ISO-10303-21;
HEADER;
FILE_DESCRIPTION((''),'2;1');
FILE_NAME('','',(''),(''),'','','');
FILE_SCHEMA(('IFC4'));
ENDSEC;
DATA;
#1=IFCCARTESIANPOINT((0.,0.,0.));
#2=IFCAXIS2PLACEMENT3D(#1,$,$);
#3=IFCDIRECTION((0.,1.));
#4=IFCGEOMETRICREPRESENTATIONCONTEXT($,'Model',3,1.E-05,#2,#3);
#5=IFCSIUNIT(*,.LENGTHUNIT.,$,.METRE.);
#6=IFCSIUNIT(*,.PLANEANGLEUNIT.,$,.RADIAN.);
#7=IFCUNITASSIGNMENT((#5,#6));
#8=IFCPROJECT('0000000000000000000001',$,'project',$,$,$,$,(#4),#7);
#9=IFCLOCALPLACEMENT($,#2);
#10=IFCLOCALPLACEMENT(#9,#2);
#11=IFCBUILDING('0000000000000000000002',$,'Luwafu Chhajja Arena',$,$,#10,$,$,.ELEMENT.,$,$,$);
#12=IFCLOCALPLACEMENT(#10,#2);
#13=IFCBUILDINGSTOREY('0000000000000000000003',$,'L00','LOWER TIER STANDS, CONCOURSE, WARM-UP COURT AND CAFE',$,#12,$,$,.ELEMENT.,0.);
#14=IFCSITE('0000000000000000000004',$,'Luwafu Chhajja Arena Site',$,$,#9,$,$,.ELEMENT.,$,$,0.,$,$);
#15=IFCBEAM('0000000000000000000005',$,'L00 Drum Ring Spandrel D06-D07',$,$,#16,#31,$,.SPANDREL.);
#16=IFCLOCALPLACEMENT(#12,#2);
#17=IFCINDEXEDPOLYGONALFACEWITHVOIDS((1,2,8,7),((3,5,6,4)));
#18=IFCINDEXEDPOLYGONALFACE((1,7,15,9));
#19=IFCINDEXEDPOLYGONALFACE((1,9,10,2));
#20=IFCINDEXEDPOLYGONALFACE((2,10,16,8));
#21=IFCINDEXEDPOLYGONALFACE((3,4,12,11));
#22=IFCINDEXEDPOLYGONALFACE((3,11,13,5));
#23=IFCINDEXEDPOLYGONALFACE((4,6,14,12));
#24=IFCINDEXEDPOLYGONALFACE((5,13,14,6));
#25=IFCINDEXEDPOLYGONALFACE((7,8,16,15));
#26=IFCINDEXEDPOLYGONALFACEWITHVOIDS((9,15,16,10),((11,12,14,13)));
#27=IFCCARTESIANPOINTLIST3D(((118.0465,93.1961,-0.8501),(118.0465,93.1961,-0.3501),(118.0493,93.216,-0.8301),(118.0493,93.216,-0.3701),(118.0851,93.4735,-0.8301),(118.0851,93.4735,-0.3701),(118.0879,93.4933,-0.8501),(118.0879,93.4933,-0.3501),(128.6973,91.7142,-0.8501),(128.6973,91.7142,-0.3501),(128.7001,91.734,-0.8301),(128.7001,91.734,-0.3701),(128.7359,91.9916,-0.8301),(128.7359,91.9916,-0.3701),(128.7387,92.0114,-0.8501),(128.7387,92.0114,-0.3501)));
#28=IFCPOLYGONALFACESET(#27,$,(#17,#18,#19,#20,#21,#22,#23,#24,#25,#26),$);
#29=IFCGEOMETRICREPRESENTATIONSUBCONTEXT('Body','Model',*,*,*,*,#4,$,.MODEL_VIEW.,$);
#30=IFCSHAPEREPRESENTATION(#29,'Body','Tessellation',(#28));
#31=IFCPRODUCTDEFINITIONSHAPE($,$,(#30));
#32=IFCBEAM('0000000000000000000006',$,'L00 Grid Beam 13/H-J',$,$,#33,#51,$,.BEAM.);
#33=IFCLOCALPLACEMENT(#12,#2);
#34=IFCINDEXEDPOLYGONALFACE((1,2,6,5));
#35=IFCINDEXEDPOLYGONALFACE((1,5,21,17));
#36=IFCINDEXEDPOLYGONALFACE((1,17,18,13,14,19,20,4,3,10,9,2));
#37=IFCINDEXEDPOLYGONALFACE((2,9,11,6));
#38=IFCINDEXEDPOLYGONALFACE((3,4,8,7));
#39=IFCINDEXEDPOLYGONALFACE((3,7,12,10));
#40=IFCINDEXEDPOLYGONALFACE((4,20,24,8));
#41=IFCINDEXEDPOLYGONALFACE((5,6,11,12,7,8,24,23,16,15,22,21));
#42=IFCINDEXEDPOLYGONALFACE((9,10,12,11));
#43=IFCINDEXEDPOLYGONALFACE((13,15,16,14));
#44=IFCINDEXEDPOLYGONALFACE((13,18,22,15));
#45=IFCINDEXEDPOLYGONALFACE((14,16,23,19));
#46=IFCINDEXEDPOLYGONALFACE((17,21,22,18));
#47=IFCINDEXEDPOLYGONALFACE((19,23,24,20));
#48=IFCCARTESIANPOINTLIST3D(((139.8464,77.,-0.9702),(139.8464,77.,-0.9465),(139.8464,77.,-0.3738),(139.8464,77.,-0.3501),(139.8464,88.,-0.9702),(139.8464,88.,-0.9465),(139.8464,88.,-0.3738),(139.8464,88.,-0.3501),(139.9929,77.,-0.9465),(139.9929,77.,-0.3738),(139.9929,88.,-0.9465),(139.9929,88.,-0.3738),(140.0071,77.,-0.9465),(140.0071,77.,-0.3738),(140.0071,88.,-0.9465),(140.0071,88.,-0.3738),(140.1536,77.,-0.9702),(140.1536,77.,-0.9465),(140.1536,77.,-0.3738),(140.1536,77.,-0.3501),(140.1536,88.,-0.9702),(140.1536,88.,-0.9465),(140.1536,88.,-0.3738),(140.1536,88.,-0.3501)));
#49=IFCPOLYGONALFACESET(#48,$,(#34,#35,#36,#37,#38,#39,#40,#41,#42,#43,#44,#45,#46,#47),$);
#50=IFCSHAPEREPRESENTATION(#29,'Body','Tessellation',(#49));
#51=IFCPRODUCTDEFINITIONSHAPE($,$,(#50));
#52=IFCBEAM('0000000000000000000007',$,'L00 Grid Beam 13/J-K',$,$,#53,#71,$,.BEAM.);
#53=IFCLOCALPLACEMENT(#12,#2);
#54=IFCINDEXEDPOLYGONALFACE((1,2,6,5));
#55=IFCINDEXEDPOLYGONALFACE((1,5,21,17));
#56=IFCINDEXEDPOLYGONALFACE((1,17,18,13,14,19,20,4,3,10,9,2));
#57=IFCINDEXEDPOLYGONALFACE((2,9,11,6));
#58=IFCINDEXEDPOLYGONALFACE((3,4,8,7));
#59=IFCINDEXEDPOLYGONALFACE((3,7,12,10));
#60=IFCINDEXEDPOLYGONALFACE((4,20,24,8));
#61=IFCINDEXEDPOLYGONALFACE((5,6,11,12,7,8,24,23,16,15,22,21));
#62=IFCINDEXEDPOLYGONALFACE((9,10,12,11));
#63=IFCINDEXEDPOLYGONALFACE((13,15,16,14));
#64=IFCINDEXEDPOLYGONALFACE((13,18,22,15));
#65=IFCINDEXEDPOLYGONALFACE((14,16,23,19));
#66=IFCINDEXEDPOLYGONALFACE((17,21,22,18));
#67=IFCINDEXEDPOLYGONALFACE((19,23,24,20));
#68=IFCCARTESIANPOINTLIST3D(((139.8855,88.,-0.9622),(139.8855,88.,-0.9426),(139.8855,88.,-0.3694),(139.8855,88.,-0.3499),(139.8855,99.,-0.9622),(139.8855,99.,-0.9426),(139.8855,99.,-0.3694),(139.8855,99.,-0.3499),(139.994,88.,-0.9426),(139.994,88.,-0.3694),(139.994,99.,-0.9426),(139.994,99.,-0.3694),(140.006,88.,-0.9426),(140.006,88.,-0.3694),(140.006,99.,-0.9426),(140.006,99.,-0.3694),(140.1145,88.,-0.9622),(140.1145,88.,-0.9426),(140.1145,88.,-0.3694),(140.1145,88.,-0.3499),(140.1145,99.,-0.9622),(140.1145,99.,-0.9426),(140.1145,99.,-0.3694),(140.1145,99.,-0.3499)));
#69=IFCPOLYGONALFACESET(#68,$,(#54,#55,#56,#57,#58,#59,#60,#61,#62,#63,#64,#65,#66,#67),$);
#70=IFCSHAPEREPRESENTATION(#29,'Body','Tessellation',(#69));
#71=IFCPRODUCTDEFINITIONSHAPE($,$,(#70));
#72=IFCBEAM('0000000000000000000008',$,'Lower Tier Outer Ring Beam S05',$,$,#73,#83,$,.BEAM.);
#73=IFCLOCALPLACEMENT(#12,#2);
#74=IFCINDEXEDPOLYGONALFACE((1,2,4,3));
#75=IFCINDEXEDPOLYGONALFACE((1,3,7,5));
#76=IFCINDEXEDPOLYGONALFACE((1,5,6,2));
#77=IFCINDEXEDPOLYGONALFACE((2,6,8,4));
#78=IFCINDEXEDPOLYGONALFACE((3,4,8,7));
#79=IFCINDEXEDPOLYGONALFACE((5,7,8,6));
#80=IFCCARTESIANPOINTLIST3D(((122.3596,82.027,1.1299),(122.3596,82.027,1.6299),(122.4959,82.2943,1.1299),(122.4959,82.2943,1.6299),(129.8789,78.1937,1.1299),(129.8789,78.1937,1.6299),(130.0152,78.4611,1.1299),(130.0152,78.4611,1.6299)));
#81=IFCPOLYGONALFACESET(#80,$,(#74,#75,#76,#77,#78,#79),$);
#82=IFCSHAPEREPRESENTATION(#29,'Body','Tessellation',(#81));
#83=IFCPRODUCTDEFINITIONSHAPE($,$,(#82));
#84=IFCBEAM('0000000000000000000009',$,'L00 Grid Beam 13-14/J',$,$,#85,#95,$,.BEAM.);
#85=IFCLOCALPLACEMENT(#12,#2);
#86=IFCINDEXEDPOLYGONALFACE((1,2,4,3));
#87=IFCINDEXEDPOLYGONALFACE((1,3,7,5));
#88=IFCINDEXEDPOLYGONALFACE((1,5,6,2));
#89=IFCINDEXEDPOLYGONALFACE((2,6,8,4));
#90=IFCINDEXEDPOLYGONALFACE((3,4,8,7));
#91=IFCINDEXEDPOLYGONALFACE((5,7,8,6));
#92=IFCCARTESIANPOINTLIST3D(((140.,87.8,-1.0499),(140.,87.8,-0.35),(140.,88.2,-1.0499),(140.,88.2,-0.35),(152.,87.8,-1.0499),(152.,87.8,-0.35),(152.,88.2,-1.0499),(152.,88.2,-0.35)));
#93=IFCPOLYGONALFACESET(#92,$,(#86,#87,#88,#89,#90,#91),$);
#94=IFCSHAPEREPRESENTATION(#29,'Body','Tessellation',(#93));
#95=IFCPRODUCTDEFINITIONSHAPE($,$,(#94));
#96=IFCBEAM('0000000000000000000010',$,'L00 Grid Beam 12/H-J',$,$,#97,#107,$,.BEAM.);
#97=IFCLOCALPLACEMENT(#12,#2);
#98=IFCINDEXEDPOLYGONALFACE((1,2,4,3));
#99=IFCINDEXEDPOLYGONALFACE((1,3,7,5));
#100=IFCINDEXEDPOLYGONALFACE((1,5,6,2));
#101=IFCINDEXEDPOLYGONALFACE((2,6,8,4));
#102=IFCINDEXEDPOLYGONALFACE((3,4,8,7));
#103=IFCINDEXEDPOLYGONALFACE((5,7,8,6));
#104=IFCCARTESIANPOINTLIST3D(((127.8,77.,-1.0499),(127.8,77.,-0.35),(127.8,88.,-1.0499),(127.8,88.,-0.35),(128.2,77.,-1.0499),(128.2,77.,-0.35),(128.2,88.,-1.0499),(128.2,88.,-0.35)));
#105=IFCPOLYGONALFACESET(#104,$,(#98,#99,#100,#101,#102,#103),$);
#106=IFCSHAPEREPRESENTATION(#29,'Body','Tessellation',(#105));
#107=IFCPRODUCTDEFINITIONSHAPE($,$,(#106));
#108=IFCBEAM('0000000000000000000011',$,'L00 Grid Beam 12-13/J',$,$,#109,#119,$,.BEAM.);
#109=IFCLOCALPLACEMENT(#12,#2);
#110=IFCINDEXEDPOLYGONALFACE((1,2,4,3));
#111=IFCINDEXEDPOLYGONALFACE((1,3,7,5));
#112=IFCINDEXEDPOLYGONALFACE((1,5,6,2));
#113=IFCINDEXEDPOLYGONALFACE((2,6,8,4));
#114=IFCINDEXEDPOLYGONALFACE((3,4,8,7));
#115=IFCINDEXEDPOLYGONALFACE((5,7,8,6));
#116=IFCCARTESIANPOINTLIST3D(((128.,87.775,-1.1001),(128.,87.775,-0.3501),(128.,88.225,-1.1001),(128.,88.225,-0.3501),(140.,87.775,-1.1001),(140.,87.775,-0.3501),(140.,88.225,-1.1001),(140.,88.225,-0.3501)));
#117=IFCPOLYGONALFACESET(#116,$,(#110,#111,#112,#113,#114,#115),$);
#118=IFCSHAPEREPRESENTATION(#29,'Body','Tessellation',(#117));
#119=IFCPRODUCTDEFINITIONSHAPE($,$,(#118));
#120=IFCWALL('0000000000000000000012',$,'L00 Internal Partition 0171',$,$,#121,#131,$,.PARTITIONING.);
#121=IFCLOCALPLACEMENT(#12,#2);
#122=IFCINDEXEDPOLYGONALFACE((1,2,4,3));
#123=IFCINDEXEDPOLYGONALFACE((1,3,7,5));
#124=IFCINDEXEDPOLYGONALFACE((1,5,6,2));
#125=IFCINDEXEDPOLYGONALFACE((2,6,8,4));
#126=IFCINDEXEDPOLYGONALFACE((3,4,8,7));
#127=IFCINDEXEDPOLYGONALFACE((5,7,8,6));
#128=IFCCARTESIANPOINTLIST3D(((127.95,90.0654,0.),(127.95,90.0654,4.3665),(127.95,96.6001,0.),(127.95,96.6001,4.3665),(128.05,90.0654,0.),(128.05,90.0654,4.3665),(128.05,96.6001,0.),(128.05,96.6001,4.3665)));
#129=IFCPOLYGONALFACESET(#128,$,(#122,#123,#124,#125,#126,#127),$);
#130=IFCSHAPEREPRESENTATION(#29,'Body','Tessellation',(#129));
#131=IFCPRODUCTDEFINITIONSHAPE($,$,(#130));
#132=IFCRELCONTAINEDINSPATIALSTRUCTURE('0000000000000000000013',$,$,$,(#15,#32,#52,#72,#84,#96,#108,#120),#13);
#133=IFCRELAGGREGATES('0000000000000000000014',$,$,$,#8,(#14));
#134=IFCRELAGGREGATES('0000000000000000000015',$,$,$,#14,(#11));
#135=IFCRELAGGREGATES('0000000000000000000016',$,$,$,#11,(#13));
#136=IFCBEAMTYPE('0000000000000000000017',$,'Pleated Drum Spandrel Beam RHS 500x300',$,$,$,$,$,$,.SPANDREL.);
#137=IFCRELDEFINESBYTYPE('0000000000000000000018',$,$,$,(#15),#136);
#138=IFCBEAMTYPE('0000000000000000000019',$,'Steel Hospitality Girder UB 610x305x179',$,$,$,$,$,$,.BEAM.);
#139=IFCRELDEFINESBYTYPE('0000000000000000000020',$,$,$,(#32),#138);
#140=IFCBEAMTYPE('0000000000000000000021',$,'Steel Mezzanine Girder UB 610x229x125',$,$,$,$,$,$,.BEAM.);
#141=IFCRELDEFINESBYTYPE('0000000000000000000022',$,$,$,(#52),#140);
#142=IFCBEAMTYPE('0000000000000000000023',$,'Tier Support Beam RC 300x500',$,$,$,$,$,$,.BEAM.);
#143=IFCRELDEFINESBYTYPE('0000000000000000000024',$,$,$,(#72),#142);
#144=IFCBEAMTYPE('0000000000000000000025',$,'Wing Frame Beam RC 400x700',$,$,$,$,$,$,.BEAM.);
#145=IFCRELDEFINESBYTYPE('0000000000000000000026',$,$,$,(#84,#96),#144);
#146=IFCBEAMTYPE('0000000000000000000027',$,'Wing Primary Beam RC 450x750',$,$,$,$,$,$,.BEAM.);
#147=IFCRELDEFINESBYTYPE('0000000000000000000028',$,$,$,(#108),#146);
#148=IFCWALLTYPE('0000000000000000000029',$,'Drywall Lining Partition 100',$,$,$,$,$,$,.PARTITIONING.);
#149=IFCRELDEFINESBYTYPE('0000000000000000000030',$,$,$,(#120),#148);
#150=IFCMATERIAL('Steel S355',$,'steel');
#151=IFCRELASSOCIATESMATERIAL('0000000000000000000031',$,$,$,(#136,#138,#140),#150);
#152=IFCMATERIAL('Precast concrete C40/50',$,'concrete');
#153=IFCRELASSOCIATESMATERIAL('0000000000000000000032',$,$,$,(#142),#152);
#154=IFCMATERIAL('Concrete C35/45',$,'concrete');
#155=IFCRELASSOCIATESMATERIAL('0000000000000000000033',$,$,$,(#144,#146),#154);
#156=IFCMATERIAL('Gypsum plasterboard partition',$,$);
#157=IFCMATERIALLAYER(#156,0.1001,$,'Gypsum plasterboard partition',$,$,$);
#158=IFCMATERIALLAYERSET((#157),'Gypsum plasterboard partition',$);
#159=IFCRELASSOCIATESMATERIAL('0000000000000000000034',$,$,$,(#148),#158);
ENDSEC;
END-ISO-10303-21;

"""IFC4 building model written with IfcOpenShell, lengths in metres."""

from ifc_helpers import new_model, si_unit, direction, frame, frame_2d, origin, origin_2d, place, context, subcontext, project, spatial, rectangle, hollow_rectangle, i_section, extrude, material, layer, layer_set, material_profile, profile_set, type_object, element, save


model = new_model("IFC4")

# Units and contexts
model_context = context("Model", 3, precision=1e-05, world=origin(), true_north=direction((0.0, 1.0)))
body_context = subcontext(model_context, "Body", "Model", "MODEL_VIEW")
ifc_project = project(units=[si_unit("LENGTHUNIT", "METRE"), si_unit("PLANEANGLEUNIT", "RADIAN")], contexts=[model_context])

# Site, building, storey
site_placement = place(None, origin())
site = spatial("IfcSite", under=ifc_project, at=site_placement, Name="Luwafu Chhajja Arena Site", CompositionType="ELEMENT", RefElevation=0.0)
building_placement = place(site_placement, origin())
building = spatial("IfcBuilding", under=site, at=building_placement, Name="Luwafu Chhajja Arena", CompositionType="ELEMENT")
storey_placement = place(building_placement, origin())
storey = spatial("IfcBuildingStorey", under=building, at=storey_placement, Name="L00", Description="LOWER TIER STANDS, CONCOURSE, WARM-UP COURT AND CAFE", CompositionType="ELEMENT", Elevation=0.0)

# Shared definitions
ifc_material_1 = material(Name="Concrete C35/45", Category="concrete")
ifc_material_2 = material(Name="Steel S355", Category="steel")

# Beams
ifc_material_profile_1 = material_profile(ifc_material_2, hollow_rectangle(XDim=0.3, YDim=0.5, WallThickness=0.02, at=origin_2d()), Name="RHS 500x300x20")
ifc_profile_set_1 = profile_set([ifc_material_profile_1], Name="Steel S355")
beam_type_1 = type_object("IfcBeamType", Name="Pleated Drum Spandrel Beam RHS 500x300", PredefinedType="SPANDREL", material=ifc_profile_set_1)
beam_1_placement = place(storey_placement, frame((128.718, 91.8628, -0.6001), z_axis=(-0.990459, 0.13781, 0.0), x_axis=(-0.13781, -0.990459, 0.0)))
element("IfcBeam", 1, at=beam_1_placement, inside=storey, type_object=beam_type_1, Name="L00 Drum Ring Spandrel D06-D07", PredefinedType="SPANDREL", context=body_context, shape_type="SweptSolid", body=[
    extrude(hollow_rectangle(XDim=0.3, YDim=0.5, WallThickness=0.02, at=origin_2d()), origin(), (0.0, 0.0, 1.0), 10.7534),
])
ifc_material_profile_2 = material_profile(ifc_material_2, i_section(OverallWidth=0.3071, OverallDepth=0.6201, WebThickness=0.0142, FlangeThickness=0.0237, at=origin_2d()), Name="UB 610x305x179")
ifc_profile_set_2 = profile_set([ifc_material_profile_2], Name="Steel S355")
beam_type_2 = type_object("IfcBeamType", Name="Steel Hospitality Girder UB 610x305x179", PredefinedType="BEAM", material=ifc_profile_set_2)
beam_2_placement = place(storey_placement, frame((140.0, 77.0, -0.6602), z_axis=(0.0, 1.0, 0.0), x_axis=(-1.0, 0.0, 0.0)))
element("IfcBeam", 2, at=beam_2_placement, inside=storey, type_object=beam_type_2, Name="L00 Grid Beam 13/H-J", PredefinedType="BEAM", context=body_context, shape_type="SweptSolid", body=[
    extrude(i_section(OverallWidth=0.3071, OverallDepth=0.6201, WebThickness=0.0142, FlangeThickness=0.0237, at=origin_2d()), origin(), (0.0, 0.0, 1.0), 11.0),
])
ifc_material_profile_3 = material_profile(ifc_material_2, i_section(OverallWidth=0.229, OverallDepth=0.6123, WebThickness=0.012, FlangeThickness=0.0195, at=origin_2d()), Name="UB 610x229x125")
ifc_profile_set_3 = profile_set([ifc_material_profile_3], Name="Steel S355")
beam_type_3 = type_object("IfcBeamType", Name="Steel Mezzanine Girder UB 610x229x125", PredefinedType="BEAM", material=ifc_profile_set_3)
beam_3_placement = place(storey_placement, frame((140.0, 88.0, -0.656), z_axis=(0.0, 1.0, 0.0), x_axis=(-1.0, 0.0, 0.0)))
element("IfcBeam", 3, at=beam_3_placement, inside=storey, type_object=beam_type_3, Name="L00 Grid Beam 13/J-K", PredefinedType="BEAM", context=body_context, shape_type="SweptSolid", body=[
    extrude(i_section(OverallWidth=0.229, OverallDepth=0.6123, WebThickness=0.012, FlangeThickness=0.0195, at=origin_2d()), origin(), (0.0, 0.0, 1.0), 11.0),
])
ifc_material_3 = material(Name="Precast concrete C40/50", Category="concrete")
ifc_material_profile_4 = material_profile(ifc_material_3, rectangle(XDim=0.3, YDim=0.5, at=origin_2d()), Name="RC 300x500")
ifc_profile_set_4 = profile_set([ifc_material_profile_4], Name="Precast concrete C40/50")
beam_type_4 = type_object("IfcBeamType", Name="Tier Support Beam RC 300x500", PredefinedType="BEAM", material=ifc_profile_set_4)
beam_4_placement = place(storey_placement, frame((129.947, 78.3274, 1.3799), z_axis=(-0.890911, 0.454177, 0.0), x_axis=(-0.454177, -0.890911, 0.0)))
element("IfcBeam", 4, at=beam_4_placement, inside=storey, type_object=beam_type_4, Name="Lower Tier Outer Ring Beam S05", PredefinedType="BEAM", context=body_context, shape_type="SweptSolid", body=[
    extrude(rectangle(XDim=0.3, YDim=0.5, at=origin_2d()), origin(), (0.0, 0.0, 1.0), 8.4399),
])
ifc_material_profile_5 = material_profile(ifc_material_1, rectangle(XDim=0.3999, YDim=0.7, at=origin_2d()), Name="RC 400x700")
ifc_profile_set_5 = profile_set([ifc_material_profile_5], Name="Concrete C35/45")
beam_type_5 = type_object("IfcBeamType", Name="Wing Frame Beam RC 400x700", PredefinedType="BEAM", material=ifc_profile_set_5)
beam_5_placement = place(storey_placement, frame((140.0, 88.0, -0.7), z_axis=(1.0, 0.0, 0.0), x_axis=(0.0, 1.0, 0.0)))
element("IfcBeam", 5, at=beam_5_placement, inside=storey, type_object=beam_type_5, Name="L00 Grid Beam 13-14/J", PredefinedType="BEAM", context=body_context, shape_type="SweptSolid", body=[
    extrude(rectangle(XDim=0.3999, YDim=0.7, at=origin_2d()), origin(), (0.0, 0.0, 1.0), 12.0),
])
beam_6_placement = place(storey_placement, frame((128.0, 77.0, -0.7), z_axis=(0.0, 1.0, 0.0), x_axis=(-1.0, 0.0, 0.0)))
element("IfcBeam", 6, at=beam_6_placement, inside=storey, type_object=beam_type_5, Name="L00 Grid Beam 12/H-J", PredefinedType="BEAM", context=body_context, shape_type="SweptSolid", body=[
    extrude(rectangle(XDim=0.3999, YDim=0.7, at=origin_2d()), origin(), (0.0, 0.0, 1.0), 11.0),
])
ifc_material_profile_6 = material_profile(ifc_material_1, rectangle(XDim=0.45, YDim=0.75, at=origin_2d()), Name="RC 450x750")
ifc_profile_set_6 = profile_set([ifc_material_profile_6], Name="Concrete C35/45")
beam_type_6 = type_object("IfcBeamType", Name="Wing Primary Beam RC 450x750", PredefinedType="BEAM", material=ifc_profile_set_6)
beam_7_placement = place(storey_placement, frame((128.0, 88.0, -0.7251), z_axis=(1.0, 0.0, 0.0), x_axis=(0.0, 1.0, 0.0)))
element("IfcBeam", 7, at=beam_7_placement, inside=storey, type_object=beam_type_6, Name="L00 Grid Beam 12-13/J", PredefinedType="BEAM", context=body_context, shape_type="SweptSolid", body=[
    extrude(rectangle(XDim=0.45, YDim=0.75, at=origin_2d()), origin(), (0.0, 0.0, 1.0), 12.0),
])

# Wall
ifc_material_4 = material(Name="Gypsum plasterboard partition")
ifc_layer = layer(ifc_material_4, 0.1001, Name="Gypsum plasterboard partition")
ifc_layer_set = layer_set([ifc_layer], Name="Gypsum plasterboard partition")
wall_type = type_object("IfcWallType", Name="Drywall Lining Partition 100", PredefinedType="PARTITIONING", material=ifc_layer_set)
wall_placement = place(storey_placement, frame((128.0, 90.0654, 0.0), z_axis=(0.0, 0.0, 1.0), x_axis=(0.0, 1.0, 0.0)))
element("IfcWall", 8, at=wall_placement, inside=storey, type_object=wall_type, Name="L00 Internal Partition 0171", PredefinedType="PARTITIONING", context=body_context, shape_type="SweptSolid", body=[
    extrude(rectangle(XDim=6.5347, YDim=0.1001, at=frame_2d((3.2673, 0.0))), origin(), (0.0, 0.0, 1.0), 4.3665),
])

save(model, "model.ifc")
